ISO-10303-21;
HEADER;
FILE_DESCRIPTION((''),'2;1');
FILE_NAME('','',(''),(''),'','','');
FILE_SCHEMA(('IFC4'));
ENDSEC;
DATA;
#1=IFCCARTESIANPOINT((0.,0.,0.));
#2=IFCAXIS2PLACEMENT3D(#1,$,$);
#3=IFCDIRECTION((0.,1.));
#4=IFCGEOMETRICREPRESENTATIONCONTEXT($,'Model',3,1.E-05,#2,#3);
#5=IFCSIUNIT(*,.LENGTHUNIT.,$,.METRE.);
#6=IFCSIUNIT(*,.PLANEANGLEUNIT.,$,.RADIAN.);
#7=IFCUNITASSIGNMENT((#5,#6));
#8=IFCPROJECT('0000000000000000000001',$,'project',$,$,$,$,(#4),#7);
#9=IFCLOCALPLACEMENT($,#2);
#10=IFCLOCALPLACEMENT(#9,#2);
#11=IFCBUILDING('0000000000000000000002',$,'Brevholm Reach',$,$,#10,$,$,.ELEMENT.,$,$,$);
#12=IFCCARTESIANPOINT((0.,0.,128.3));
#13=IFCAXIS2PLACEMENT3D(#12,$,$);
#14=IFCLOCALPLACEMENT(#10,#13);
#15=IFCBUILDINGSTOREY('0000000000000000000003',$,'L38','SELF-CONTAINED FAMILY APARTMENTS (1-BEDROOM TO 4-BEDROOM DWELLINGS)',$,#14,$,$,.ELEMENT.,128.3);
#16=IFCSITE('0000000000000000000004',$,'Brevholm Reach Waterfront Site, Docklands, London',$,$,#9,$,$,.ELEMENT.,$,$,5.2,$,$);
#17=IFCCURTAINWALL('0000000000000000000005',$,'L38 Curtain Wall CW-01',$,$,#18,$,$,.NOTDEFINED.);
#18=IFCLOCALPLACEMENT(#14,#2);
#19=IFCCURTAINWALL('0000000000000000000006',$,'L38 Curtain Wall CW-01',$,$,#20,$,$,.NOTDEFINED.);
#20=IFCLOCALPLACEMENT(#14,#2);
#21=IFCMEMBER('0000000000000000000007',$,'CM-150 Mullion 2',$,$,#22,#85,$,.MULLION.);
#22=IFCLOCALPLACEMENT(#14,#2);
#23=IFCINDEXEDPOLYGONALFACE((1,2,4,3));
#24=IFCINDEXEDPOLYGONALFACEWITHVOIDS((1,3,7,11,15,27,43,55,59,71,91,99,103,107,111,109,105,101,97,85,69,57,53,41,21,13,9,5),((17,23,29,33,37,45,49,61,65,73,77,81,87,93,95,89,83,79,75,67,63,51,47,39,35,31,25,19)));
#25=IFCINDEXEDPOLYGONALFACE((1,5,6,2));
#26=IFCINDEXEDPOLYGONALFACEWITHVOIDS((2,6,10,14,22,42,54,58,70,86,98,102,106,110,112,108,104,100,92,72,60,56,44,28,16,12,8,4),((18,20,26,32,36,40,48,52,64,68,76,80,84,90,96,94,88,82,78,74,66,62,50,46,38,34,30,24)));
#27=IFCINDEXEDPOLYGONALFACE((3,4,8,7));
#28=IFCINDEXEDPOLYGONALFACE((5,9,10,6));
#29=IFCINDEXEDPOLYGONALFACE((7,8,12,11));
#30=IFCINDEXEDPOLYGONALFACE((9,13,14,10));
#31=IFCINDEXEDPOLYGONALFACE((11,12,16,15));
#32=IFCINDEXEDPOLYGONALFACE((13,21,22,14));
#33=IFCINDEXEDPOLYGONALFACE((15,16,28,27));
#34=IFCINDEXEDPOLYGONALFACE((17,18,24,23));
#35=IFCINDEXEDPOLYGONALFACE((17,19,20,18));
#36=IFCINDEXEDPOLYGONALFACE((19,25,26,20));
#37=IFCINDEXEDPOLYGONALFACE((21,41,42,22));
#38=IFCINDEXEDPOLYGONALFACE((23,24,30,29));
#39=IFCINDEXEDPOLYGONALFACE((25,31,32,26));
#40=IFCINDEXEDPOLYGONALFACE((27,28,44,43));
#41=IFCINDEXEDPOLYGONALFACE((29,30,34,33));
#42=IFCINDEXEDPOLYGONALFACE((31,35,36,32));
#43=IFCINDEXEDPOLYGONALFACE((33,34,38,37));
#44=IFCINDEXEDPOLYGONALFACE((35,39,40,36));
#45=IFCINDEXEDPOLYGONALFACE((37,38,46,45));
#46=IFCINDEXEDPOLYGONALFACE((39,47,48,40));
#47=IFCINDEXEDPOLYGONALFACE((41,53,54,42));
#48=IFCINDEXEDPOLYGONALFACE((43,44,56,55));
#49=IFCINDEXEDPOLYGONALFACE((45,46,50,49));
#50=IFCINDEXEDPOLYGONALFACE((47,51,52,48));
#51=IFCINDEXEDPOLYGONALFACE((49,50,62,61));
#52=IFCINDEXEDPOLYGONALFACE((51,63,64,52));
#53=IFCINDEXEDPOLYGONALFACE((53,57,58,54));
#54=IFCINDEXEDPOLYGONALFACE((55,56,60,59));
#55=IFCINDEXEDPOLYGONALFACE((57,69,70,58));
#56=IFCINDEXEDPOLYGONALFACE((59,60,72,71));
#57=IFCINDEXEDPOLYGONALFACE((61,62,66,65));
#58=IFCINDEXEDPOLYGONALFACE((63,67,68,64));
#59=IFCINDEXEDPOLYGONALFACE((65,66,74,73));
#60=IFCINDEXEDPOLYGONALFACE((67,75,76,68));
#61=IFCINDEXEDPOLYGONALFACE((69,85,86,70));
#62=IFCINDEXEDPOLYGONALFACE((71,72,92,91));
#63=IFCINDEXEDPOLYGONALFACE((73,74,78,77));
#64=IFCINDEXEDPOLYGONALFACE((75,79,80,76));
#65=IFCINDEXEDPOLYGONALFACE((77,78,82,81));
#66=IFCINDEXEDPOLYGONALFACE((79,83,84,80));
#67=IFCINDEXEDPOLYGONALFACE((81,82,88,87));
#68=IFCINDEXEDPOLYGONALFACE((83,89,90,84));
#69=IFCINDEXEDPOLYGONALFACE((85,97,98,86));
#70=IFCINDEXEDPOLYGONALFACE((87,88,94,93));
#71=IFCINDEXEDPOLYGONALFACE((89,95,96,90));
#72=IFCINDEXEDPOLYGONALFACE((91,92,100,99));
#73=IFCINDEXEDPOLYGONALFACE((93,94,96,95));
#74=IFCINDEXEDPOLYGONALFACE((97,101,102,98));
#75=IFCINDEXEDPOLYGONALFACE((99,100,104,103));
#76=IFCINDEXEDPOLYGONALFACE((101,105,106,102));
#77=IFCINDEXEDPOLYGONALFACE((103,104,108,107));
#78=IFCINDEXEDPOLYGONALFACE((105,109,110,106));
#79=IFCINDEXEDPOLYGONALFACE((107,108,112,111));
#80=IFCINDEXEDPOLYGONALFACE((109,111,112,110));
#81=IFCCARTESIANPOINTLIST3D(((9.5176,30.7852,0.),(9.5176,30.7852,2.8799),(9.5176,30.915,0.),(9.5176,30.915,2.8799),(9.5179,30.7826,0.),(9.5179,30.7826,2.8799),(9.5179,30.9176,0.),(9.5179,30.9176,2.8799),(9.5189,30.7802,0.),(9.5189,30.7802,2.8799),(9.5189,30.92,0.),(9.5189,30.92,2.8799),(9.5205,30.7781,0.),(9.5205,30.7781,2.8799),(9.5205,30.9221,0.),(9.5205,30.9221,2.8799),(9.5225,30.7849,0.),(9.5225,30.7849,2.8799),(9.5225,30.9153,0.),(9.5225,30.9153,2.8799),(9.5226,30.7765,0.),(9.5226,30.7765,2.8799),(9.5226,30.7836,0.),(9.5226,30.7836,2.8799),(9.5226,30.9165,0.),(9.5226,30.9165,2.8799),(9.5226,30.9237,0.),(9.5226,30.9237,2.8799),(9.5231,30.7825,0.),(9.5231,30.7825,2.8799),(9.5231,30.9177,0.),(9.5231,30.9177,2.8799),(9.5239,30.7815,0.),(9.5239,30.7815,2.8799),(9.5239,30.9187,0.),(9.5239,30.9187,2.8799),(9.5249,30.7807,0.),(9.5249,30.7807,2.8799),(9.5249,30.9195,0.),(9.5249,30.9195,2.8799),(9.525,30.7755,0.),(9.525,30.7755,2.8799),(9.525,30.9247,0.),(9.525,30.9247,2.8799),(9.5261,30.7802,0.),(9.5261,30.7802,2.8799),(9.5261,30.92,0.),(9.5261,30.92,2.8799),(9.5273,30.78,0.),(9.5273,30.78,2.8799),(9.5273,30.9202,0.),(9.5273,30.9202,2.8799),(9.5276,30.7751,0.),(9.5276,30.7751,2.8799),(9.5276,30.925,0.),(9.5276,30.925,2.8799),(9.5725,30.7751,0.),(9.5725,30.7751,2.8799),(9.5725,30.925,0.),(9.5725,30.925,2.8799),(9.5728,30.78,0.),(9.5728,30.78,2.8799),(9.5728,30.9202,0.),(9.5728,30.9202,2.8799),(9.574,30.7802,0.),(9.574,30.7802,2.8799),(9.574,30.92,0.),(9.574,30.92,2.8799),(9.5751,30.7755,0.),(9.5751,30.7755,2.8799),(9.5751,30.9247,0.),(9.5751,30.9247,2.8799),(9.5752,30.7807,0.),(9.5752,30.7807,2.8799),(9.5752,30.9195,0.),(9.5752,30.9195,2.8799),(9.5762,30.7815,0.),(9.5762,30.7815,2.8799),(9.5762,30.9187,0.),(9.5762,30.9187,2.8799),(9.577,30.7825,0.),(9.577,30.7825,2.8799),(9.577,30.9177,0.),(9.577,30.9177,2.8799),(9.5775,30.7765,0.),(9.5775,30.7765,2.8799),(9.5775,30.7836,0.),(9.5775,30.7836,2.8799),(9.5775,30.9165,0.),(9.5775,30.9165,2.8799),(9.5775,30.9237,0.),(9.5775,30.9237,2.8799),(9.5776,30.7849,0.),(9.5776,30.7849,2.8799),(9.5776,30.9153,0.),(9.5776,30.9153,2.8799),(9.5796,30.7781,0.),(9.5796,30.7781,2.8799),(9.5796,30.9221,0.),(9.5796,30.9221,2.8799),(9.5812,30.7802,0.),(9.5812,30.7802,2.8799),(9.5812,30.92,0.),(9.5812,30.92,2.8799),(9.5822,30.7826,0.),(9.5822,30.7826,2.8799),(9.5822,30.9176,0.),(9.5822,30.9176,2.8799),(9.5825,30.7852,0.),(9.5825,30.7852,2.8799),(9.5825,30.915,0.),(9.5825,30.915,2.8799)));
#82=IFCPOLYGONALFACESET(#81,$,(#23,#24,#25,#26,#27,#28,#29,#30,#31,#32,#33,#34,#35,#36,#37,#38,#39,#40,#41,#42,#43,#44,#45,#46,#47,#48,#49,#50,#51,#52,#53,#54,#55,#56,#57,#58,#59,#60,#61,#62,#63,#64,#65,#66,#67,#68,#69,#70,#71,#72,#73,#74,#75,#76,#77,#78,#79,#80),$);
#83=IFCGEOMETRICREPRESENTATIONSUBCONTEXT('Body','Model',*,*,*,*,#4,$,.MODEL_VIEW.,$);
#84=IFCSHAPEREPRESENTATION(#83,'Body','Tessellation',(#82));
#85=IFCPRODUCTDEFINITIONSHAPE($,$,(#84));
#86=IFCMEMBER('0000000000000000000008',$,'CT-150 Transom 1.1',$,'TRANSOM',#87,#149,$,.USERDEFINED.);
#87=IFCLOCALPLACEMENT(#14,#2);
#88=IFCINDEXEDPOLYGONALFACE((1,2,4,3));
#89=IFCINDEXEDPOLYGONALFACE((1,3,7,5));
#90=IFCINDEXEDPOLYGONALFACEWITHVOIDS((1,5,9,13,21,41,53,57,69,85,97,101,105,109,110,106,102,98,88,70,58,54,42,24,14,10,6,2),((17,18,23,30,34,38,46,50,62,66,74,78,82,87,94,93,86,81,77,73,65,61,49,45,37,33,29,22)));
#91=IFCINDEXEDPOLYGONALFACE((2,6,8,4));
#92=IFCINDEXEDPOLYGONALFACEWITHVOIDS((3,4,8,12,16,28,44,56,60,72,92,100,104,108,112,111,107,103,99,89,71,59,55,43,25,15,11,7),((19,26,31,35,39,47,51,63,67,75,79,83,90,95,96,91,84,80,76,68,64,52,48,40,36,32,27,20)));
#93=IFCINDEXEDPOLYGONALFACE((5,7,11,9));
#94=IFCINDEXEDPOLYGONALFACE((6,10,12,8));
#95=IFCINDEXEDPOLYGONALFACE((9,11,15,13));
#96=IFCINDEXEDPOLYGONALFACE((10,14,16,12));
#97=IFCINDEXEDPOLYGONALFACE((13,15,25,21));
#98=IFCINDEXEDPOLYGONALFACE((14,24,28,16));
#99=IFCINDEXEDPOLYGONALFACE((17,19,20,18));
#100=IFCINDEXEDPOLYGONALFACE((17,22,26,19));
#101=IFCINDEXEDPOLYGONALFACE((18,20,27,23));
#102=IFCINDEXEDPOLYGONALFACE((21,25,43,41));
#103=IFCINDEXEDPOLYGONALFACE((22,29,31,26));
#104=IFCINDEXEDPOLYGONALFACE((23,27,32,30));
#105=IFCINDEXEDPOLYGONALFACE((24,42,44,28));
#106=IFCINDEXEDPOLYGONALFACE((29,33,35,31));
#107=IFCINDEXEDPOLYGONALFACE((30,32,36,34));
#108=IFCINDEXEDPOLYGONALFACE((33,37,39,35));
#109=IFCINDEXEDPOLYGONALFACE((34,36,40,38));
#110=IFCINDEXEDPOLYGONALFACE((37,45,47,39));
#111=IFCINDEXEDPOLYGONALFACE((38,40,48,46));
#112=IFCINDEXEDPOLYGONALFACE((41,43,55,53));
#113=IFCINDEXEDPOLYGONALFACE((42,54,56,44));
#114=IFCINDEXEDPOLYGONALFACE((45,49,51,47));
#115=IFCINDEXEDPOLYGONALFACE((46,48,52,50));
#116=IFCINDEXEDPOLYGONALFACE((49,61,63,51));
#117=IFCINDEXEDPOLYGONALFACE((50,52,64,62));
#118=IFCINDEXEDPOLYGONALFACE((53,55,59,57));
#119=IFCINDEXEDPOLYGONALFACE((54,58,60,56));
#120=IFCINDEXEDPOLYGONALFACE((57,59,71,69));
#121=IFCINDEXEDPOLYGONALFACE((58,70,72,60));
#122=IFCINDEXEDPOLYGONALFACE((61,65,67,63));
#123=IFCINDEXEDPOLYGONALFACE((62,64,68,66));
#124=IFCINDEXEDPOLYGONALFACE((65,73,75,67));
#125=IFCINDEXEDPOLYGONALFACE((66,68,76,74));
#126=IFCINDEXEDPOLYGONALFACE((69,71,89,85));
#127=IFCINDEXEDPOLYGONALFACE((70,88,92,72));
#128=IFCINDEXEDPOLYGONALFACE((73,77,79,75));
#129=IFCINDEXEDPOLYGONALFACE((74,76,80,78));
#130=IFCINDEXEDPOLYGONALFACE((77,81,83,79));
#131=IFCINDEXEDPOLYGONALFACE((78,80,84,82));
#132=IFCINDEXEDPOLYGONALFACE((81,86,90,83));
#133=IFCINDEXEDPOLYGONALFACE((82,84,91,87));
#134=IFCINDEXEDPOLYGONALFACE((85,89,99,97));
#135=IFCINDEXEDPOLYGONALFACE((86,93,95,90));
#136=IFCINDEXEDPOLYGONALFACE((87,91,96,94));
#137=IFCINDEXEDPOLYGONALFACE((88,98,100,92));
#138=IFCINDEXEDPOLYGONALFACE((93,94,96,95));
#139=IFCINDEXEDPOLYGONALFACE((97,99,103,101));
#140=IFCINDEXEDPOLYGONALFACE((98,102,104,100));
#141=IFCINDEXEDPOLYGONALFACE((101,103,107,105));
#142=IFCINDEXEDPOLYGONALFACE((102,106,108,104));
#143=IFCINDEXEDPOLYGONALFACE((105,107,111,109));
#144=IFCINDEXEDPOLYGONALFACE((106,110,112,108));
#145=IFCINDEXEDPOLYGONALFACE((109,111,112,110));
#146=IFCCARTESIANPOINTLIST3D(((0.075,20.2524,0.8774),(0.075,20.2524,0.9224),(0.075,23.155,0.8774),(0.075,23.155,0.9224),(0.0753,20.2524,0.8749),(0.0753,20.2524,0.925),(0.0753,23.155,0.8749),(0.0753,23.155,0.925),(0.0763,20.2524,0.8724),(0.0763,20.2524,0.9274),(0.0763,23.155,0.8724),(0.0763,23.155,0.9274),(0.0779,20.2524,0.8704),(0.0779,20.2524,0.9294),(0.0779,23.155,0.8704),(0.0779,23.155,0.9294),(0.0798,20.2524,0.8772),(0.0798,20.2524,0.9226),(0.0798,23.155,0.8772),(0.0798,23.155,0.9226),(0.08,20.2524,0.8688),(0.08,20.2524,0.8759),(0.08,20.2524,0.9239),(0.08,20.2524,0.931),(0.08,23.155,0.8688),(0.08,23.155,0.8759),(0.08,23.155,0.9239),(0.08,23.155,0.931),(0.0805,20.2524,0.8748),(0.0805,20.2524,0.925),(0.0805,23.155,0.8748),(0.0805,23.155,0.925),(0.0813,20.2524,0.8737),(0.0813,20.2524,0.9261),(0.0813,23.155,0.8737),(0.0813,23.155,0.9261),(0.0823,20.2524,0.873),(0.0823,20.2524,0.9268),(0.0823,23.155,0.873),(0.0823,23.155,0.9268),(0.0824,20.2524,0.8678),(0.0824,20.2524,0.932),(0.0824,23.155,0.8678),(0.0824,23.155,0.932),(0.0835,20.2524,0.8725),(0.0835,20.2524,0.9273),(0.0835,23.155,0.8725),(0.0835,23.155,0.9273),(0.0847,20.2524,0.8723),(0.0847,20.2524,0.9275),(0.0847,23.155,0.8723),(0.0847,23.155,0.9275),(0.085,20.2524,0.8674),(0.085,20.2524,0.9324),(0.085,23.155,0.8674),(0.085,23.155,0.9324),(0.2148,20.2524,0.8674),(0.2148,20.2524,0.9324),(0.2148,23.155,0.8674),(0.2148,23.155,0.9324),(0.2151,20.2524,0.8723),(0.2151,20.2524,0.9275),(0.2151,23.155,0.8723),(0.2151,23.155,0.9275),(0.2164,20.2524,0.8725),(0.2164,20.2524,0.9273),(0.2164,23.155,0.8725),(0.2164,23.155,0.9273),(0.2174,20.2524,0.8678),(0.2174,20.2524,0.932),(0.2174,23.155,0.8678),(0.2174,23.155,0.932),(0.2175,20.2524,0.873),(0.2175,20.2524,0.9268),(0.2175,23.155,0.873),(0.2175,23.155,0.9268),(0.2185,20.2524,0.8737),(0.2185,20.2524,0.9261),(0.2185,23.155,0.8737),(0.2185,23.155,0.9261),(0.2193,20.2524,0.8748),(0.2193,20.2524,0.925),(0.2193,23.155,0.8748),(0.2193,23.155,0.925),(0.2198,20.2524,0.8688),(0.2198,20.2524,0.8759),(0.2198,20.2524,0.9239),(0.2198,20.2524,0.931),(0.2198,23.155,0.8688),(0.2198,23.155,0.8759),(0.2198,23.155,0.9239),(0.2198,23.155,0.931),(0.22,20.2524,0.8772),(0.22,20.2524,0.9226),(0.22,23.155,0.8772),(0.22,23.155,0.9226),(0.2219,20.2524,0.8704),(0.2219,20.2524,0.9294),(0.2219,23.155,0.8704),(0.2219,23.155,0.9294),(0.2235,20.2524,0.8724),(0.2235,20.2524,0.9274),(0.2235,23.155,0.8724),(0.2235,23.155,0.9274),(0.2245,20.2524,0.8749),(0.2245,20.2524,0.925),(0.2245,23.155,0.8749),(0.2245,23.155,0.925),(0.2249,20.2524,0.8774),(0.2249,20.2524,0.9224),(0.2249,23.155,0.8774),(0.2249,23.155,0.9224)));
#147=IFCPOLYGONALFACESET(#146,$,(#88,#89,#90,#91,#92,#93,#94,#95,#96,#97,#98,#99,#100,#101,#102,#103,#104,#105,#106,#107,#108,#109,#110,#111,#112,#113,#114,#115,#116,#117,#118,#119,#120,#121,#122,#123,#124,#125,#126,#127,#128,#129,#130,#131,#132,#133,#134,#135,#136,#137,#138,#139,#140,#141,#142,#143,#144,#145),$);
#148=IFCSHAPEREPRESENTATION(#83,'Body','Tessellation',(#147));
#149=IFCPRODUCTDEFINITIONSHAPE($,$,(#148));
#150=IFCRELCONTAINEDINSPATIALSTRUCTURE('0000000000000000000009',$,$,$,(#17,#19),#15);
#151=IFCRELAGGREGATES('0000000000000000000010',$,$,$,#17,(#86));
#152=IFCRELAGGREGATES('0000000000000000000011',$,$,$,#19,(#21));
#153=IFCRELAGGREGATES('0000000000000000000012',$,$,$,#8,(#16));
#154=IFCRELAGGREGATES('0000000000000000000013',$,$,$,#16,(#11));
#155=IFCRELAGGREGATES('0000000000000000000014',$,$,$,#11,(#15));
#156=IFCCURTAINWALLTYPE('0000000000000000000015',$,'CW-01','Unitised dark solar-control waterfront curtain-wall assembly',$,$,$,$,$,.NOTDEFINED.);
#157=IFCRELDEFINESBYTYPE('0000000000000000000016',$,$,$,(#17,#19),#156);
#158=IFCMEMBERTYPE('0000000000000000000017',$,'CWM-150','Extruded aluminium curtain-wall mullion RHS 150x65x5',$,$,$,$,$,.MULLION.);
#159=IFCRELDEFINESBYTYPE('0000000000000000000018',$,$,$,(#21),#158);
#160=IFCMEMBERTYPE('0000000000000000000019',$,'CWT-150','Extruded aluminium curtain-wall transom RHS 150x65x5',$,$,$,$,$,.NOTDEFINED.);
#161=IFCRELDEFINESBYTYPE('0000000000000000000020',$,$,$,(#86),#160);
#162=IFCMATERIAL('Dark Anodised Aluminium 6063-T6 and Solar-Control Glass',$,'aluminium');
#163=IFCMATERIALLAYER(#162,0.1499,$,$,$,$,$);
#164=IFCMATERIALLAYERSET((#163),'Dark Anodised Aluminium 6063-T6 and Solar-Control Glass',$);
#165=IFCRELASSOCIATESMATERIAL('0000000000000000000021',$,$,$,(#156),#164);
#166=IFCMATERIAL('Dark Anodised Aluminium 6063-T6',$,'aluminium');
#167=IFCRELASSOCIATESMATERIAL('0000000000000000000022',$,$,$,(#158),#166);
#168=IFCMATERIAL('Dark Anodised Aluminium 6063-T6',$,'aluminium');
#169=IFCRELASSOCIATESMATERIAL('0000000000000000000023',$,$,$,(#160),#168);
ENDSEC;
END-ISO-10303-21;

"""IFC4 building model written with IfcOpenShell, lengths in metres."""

from ifc_helpers import new_model, si_unit, direction, frame, origin, origin_2d, place, context, subcontext, project, spatial, hollow_rectangle, extrude, material, layer, layer_set, material_profile, profile_set, type_object, element, aggregate, save


model = new_model("IFC4")

# Units and contexts
model_context = context("Model", 3, precision=1e-05, world=origin(), true_north=direction((0.0, 1.0)))
body_context = subcontext(model_context, "Body", "Model", "MODEL_VIEW")
ifc_project = project(units=[si_unit("LENGTHUNIT", "METRE"), si_unit("PLANEANGLEUNIT", "RADIAN")], contexts=[model_context])

# Site, building, storey
site_placement = place(None, origin())
site = spatial("IfcSite", under=ifc_project, at=site_placement, Name="Brevholm Reach Waterfront Site, Docklands, London", CompositionType="ELEMENT", RefElevation=5.2)
building_placement = place(site_placement, origin())
building = spatial("IfcBuilding", under=site, at=building_placement, Name="Brevholm Reach", CompositionType="ELEMENT")
storey_placement = place(building_placement, frame((0.0, 0.0, 128.3)))
storey = spatial("IfcBuildingStorey", under=building, at=storey_placement, Name="L38", Description="SELF-CONTAINED FAMILY APARTMENTS (1-BEDROOM TO 4-BEDROOM DWELLINGS)", CompositionType="ELEMENT", Elevation=128.3)

# Curtain wall
ifc_material_1 = material(Name="Dark Anodised Aluminium 6063-T6 and Solar-Control Glass", Category="aluminium")
ifc_layer_1 = layer(ifc_material_1, 0.1499)
ifc_layer_set_1 = layer_set([ifc_layer_1], Name="Dark Anodised Aluminium 6063-T6 and Solar-Control Glass")
curtain_wall_type = type_object("IfcCurtainWallType", Name="CW-01", Description="Unitised dark solar-control waterfront curtain-wall assembly", PredefinedType="NOTDEFINED", material=ifc_layer_set_1)
curtain_wall_1_placement = place(storey_placement, origin())
curtain_wall_1 = element("IfcCurtainWall", 1, at=curtain_wall_1_placement, inside=storey, type_object=curtain_wall_type, Name="L38 Curtain Wall CW-01", PredefinedType="NOTDEFINED")
ifc_material_2 = material(Name="Dark Anodised Aluminium 6063-T6", Category="aluminium")
ifc_material_profile_1 = material_profile(ifc_material_2, hollow_rectangle(XDim=0.0649, YDim=0.1499, WallThickness=0.0049, InnerFilletRadius=0.0049, OuterFilletRadius=0.01, at=origin_2d()), Name="RHS 150x65x5")
ifc_profile_set_1 = profile_set([ifc_material_profile_1], Name="Dark Anodised Aluminium 6063-T6")
member_type_1 = type_object("IfcMemberType", Name="CWM-150", Description="Extruded aluminium curtain-wall mullion RHS 150x65x5", PredefinedType="MULLION", material=ifc_profile_set_1)

# Curtain wall, member
curtain_wall_2_placement = place(storey_placement, origin())
curtain_wall_2 = element("IfcCurtainWall", 2, at=curtain_wall_2_placement, inside=storey, type_object=curtain_wall_type, Name="L38 Curtain Wall CW-01", PredefinedType="NOTDEFINED")
member_1_placement = place(storey_placement, frame((9.55, 30.8501, 0.0), z_axis=(0.0, 0.0, 1.0), x_axis=(1.0, 0.0, 0.0)))
member_1 = element("IfcMember", 3, at=member_1_placement, type_object=member_type_1, Name="CM-150 Mullion 2", PredefinedType="MULLION", context=body_context, shape_type="SweptSolid", body=[
    extrude(hollow_rectangle(XDim=0.0649, YDim=0.1499, WallThickness=0.0049, InnerFilletRadius=0.0049, OuterFilletRadius=0.01, at=origin_2d()), origin(), (0.0, 0.0, 1.0), 2.8799),
])

# Member
ifc_material_3 = material(Name="Dark Anodised Aluminium 6063-T6", Category="aluminium")
ifc_material_profile_2 = material_profile(ifc_material_3, hollow_rectangle(XDim=0.0649, YDim=0.1499, WallThickness=0.0049, InnerFilletRadius=0.0049, OuterFilletRadius=0.01, at=origin_2d()), Name="RHS 150x65x5")
ifc_profile_set_2 = profile_set([ifc_material_profile_2], Name="Dark Anodised Aluminium 6063-T6")
member_type_2 = type_object("IfcMemberType", Name="CWT-150", Description="Extruded aluminium curtain-wall transom RHS 150x65x5", PredefinedType="NOTDEFINED", material=ifc_profile_set_2)
member_2_placement = place(storey_placement, frame((0.1499, 23.155, 0.8999), z_axis=(0.0, -1.0, 0.0), x_axis=(0.0, 0.0, 1.0)))
member_2 = element("IfcMember", 4, at=member_2_placement, type_object=member_type_2, Name="CT-150 Transom 1.1", ObjectType="TRANSOM", PredefinedType="USERDEFINED", context=body_context, shape_type="SweptSolid", body=[
    extrude(hollow_rectangle(XDim=0.0649, YDim=0.1499, WallThickness=0.0049, InnerFilletRadius=0.0049, OuterFilletRadius=0.01, at=origin_2d()), origin(), (0.0, 0.0, 1.0), 2.9026),
])
aggregate(curtain_wall_1, [member_2])

aggregate(curtain_wall_2, [member_1])

save(model, "model.ifc")
